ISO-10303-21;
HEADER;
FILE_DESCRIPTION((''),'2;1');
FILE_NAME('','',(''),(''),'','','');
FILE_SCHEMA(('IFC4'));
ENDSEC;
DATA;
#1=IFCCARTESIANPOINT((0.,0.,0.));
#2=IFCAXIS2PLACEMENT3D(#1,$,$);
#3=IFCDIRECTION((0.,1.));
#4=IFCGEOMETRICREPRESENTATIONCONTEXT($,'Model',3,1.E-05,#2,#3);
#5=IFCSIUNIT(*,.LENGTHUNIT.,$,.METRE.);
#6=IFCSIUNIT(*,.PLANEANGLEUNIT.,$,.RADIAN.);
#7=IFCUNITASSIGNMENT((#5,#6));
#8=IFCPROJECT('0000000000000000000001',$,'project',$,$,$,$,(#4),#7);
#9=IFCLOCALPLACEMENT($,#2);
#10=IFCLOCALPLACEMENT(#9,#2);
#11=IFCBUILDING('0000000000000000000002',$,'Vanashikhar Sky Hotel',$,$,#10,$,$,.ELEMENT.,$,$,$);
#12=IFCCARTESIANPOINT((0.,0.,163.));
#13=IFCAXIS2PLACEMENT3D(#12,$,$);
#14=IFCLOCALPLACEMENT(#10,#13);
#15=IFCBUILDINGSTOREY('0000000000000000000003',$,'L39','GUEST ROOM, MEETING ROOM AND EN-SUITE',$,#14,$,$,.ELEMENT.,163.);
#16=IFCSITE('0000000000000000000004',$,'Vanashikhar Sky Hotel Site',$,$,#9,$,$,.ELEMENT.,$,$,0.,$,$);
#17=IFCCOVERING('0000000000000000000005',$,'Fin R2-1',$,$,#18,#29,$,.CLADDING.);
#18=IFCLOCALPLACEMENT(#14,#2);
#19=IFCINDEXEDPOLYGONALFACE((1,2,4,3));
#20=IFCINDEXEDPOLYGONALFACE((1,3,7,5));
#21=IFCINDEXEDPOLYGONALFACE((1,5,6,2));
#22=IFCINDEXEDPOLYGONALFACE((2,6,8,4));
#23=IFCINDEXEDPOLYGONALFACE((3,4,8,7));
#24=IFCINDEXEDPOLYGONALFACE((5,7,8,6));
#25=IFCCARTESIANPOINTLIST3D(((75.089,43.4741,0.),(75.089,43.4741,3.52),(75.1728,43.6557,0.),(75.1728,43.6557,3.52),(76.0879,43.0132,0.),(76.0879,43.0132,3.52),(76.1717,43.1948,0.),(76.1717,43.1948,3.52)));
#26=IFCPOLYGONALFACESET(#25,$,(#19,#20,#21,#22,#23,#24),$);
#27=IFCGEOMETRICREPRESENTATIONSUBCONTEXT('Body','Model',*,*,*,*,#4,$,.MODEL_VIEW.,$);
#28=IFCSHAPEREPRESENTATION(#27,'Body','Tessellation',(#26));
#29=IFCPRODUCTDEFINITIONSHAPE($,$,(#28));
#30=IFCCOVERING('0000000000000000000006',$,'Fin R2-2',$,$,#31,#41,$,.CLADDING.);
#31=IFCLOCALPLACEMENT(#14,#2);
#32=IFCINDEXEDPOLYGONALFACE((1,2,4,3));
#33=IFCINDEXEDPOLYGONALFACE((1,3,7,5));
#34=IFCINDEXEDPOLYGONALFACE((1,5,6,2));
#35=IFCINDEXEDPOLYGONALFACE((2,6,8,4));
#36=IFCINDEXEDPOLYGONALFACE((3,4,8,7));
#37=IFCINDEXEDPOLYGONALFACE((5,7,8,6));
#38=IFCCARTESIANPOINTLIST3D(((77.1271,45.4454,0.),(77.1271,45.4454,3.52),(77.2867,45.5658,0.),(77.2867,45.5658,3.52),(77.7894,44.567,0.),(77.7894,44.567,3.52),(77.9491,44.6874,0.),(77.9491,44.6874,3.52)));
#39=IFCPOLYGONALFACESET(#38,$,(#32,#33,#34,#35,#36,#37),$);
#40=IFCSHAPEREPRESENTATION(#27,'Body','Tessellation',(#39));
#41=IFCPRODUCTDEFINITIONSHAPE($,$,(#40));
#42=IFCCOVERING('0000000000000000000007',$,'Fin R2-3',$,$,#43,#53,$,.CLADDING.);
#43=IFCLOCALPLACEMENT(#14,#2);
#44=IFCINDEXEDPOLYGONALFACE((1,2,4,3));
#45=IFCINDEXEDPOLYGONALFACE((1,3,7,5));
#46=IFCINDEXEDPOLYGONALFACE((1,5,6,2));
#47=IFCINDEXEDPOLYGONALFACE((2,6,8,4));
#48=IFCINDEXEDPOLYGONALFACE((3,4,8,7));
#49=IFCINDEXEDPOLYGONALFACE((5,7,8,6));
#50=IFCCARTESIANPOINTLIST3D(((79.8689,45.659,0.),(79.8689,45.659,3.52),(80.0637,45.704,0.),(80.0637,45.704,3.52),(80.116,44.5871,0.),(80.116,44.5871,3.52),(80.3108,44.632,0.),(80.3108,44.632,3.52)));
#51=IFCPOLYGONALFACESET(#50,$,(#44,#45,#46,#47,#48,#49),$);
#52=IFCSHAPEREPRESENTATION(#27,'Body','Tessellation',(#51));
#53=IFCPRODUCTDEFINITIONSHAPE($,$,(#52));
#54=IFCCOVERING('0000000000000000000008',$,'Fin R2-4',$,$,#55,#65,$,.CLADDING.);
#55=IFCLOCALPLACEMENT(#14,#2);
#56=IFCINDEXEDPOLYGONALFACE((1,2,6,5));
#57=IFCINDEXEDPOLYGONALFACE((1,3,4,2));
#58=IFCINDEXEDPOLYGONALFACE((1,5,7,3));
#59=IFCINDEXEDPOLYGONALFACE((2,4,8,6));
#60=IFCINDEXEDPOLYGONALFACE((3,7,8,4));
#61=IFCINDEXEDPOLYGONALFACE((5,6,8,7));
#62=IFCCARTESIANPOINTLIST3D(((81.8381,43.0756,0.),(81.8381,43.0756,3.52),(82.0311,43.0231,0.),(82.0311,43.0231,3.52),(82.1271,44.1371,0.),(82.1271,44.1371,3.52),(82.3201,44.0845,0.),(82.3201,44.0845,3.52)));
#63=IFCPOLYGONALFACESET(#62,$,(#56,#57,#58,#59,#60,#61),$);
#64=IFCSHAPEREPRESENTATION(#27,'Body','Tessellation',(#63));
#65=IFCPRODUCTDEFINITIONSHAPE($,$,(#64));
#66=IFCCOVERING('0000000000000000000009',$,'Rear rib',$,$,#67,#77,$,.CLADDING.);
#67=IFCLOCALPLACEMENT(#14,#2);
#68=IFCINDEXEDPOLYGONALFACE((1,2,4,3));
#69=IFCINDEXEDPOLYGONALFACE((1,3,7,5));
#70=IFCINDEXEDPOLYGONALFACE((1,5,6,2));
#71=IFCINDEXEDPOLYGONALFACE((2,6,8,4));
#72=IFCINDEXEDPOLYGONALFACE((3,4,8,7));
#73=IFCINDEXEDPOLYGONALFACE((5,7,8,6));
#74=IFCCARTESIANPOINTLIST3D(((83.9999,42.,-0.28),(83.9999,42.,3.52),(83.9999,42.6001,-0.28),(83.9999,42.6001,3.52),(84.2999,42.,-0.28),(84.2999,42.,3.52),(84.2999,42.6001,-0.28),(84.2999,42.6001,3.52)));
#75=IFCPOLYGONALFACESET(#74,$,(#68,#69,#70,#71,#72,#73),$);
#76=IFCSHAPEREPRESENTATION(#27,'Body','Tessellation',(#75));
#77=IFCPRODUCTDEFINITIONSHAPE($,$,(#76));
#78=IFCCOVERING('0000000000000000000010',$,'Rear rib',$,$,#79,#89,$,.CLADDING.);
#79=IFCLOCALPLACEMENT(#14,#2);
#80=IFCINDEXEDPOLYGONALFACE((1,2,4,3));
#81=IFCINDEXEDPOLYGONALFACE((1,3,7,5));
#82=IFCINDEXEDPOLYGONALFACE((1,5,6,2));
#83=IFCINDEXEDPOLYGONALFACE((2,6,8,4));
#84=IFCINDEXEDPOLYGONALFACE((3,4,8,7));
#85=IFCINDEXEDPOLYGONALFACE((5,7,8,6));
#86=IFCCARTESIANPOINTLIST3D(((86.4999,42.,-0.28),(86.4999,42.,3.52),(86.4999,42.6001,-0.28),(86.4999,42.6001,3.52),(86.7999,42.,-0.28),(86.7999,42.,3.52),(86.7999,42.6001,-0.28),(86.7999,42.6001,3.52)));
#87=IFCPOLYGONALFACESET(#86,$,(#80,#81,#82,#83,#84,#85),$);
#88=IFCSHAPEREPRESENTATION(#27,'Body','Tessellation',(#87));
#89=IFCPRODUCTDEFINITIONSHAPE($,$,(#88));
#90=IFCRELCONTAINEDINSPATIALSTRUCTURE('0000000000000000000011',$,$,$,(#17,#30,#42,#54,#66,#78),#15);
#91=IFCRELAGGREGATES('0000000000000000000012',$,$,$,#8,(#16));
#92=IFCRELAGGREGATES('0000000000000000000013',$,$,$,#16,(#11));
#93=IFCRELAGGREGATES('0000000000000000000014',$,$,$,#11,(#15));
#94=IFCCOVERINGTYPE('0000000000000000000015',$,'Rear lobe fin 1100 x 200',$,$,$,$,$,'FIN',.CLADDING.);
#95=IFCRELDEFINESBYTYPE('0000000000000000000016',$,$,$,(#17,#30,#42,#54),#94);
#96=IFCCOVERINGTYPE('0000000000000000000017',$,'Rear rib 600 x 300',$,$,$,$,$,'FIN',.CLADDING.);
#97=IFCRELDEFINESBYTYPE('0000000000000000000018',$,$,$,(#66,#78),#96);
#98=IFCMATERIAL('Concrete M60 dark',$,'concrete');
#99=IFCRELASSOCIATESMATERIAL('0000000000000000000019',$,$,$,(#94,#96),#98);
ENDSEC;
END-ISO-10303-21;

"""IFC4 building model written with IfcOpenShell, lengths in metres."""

from ifc_helpers import new_model, si_unit, direction, frame, origin, origin_2d, place, context, subcontext, project, spatial, rectangle, extrude, source, transform, mapped, material, material_profile, profile_set, type_object, element, save


model = new_model("IFC4")

# Units and contexts
model_context = context("Model", 3, precision=1e-05, world=origin(), true_north=direction((0.0, 1.0)))
body_context = subcontext(model_context, "Body", "Model", "MODEL_VIEW")
ifc_project = project(units=[si_unit("LENGTHUNIT", "METRE"), si_unit("PLANEANGLEUNIT", "RADIAN")], contexts=[model_context])

# Site, building, storey
site_placement = place(None, origin())
site = spatial("IfcSite", under=ifc_project, at=site_placement, Name="Vanashikhar Sky Hotel Site", CompositionType="ELEMENT", RefElevation=0.0)
building_placement = place(site_placement, origin())
building = spatial("IfcBuilding", under=site, at=building_placement, Name="Vanashikhar Sky Hotel", CompositionType="ELEMENT")
storey_placement = place(building_placement, frame((0.0, 0.0, 163.0)))
storey = spatial("IfcBuildingStorey", under=building, at=storey_placement, Name="L39", Description="GUEST ROOM, MEETING ROOM AND EN-SUITE", CompositionType="ELEMENT", Elevation=163.0)

# Coverings
ifc_material_1 = material(Name="Concrete M60 dark", Category="concrete")
ifc_material_profile_1 = material_profile(ifc_material_1, rectangle(XDim=1.1001, YDim=0.2, at=origin_2d()))
ifc_profile_set_1 = profile_set([ifc_material_profile_1], Name="Rear lobe fin 1100 x 200")
covering_type_1 = type_object("IfcCoveringType", Name="Rear lobe fin 1100 x 200", ElementType="FIN", PredefinedType="CLADDING", material=ifc_profile_set_1)
shared_shape_1 = source(origin(), body_context, "Body", "SweptSolid", [
    extrude(rectangle(XDim=1.1001, YDim=0.2, at=origin_2d()), origin(), (0.0, 0.0, 1.0), 3.52),
])
for number, where, z_axis, x_axis, name in (
    (1, (75.6304, 43.3345, 0.0), (0.0, 0.0, 1.0), (-0.908004, 0.418961, 0.0), "Fin R2-1"),
    (2, (77.5381, 45.0664, 0.0), (0.0, 0.0, 1.0), (-0.602066, 0.798446, 0.0), "Fin R2-2"),
    (3, (80.0898, 45.1455, 0.0), (0.0, 0.0, 1.0), (-0.224645, 0.974441, 0.0), "Fin R2-3"),
    (4, (82.0791, 43.5801, 0.0), (0.0, 0.0, 1.0), (0.262711, 0.964874, 0.0), "Fin R2-4"),
):
    element("IfcCovering", number, at=place(storey_placement, frame(where, z_axis=z_axis, x_axis=x_axis)), inside=storey, type_object=covering_type_1, Name=name, PredefinedType="CLADDING", context=body_context, shape_type="MappedRepresentation", body=[
        mapped(shared_shape_1, transform((0.0, 0.0, 0.0), scale=1.0)),
    ])
ifc_material_profile_2 = material_profile(ifc_material_1, rectangle(XDim=0.6001, YDim=0.3, at=origin_2d()))
ifc_profile_set_2 = profile_set([ifc_material_profile_2], Name="Rear rib 600 x 300")
covering_type_2 = type_object("IfcCoveringType", Name="Rear rib 600 x 300", ElementType="FIN", PredefinedType="CLADDING", material=ifc_profile_set_2)
shared_shape_2 = source(origin(), body_context, "Body", "SweptSolid", [
    extrude(rectangle(XDim=0.6001, YDim=0.3, at=origin_2d()), origin(), (0.0, 0.0, 1.0), 3.8),
])
for number, where, z_axis, x_axis, name in (
    (5, (84.1499, 42.3, -0.28), (0.0, 0.0, 1.0), (0.0, 1.0, 0.0), "Rear rib"),
    (6, (86.6499, 42.3, -0.28), (0.0, 0.0, 1.0), (0.0, 1.0, 0.0), "Rear rib"),
):
    element("IfcCovering", number, at=place(storey_placement, frame(where, z_axis=z_axis, x_axis=x_axis)), inside=storey, type_object=covering_type_2, Name=name, PredefinedType="CLADDING", context=body_context, shape_type="MappedRepresentation", body=[
        mapped(shared_shape_2, transform((0.0, 0.0, 0.0), scale=1.0)),
    ])

save(model, "model.ifc")
